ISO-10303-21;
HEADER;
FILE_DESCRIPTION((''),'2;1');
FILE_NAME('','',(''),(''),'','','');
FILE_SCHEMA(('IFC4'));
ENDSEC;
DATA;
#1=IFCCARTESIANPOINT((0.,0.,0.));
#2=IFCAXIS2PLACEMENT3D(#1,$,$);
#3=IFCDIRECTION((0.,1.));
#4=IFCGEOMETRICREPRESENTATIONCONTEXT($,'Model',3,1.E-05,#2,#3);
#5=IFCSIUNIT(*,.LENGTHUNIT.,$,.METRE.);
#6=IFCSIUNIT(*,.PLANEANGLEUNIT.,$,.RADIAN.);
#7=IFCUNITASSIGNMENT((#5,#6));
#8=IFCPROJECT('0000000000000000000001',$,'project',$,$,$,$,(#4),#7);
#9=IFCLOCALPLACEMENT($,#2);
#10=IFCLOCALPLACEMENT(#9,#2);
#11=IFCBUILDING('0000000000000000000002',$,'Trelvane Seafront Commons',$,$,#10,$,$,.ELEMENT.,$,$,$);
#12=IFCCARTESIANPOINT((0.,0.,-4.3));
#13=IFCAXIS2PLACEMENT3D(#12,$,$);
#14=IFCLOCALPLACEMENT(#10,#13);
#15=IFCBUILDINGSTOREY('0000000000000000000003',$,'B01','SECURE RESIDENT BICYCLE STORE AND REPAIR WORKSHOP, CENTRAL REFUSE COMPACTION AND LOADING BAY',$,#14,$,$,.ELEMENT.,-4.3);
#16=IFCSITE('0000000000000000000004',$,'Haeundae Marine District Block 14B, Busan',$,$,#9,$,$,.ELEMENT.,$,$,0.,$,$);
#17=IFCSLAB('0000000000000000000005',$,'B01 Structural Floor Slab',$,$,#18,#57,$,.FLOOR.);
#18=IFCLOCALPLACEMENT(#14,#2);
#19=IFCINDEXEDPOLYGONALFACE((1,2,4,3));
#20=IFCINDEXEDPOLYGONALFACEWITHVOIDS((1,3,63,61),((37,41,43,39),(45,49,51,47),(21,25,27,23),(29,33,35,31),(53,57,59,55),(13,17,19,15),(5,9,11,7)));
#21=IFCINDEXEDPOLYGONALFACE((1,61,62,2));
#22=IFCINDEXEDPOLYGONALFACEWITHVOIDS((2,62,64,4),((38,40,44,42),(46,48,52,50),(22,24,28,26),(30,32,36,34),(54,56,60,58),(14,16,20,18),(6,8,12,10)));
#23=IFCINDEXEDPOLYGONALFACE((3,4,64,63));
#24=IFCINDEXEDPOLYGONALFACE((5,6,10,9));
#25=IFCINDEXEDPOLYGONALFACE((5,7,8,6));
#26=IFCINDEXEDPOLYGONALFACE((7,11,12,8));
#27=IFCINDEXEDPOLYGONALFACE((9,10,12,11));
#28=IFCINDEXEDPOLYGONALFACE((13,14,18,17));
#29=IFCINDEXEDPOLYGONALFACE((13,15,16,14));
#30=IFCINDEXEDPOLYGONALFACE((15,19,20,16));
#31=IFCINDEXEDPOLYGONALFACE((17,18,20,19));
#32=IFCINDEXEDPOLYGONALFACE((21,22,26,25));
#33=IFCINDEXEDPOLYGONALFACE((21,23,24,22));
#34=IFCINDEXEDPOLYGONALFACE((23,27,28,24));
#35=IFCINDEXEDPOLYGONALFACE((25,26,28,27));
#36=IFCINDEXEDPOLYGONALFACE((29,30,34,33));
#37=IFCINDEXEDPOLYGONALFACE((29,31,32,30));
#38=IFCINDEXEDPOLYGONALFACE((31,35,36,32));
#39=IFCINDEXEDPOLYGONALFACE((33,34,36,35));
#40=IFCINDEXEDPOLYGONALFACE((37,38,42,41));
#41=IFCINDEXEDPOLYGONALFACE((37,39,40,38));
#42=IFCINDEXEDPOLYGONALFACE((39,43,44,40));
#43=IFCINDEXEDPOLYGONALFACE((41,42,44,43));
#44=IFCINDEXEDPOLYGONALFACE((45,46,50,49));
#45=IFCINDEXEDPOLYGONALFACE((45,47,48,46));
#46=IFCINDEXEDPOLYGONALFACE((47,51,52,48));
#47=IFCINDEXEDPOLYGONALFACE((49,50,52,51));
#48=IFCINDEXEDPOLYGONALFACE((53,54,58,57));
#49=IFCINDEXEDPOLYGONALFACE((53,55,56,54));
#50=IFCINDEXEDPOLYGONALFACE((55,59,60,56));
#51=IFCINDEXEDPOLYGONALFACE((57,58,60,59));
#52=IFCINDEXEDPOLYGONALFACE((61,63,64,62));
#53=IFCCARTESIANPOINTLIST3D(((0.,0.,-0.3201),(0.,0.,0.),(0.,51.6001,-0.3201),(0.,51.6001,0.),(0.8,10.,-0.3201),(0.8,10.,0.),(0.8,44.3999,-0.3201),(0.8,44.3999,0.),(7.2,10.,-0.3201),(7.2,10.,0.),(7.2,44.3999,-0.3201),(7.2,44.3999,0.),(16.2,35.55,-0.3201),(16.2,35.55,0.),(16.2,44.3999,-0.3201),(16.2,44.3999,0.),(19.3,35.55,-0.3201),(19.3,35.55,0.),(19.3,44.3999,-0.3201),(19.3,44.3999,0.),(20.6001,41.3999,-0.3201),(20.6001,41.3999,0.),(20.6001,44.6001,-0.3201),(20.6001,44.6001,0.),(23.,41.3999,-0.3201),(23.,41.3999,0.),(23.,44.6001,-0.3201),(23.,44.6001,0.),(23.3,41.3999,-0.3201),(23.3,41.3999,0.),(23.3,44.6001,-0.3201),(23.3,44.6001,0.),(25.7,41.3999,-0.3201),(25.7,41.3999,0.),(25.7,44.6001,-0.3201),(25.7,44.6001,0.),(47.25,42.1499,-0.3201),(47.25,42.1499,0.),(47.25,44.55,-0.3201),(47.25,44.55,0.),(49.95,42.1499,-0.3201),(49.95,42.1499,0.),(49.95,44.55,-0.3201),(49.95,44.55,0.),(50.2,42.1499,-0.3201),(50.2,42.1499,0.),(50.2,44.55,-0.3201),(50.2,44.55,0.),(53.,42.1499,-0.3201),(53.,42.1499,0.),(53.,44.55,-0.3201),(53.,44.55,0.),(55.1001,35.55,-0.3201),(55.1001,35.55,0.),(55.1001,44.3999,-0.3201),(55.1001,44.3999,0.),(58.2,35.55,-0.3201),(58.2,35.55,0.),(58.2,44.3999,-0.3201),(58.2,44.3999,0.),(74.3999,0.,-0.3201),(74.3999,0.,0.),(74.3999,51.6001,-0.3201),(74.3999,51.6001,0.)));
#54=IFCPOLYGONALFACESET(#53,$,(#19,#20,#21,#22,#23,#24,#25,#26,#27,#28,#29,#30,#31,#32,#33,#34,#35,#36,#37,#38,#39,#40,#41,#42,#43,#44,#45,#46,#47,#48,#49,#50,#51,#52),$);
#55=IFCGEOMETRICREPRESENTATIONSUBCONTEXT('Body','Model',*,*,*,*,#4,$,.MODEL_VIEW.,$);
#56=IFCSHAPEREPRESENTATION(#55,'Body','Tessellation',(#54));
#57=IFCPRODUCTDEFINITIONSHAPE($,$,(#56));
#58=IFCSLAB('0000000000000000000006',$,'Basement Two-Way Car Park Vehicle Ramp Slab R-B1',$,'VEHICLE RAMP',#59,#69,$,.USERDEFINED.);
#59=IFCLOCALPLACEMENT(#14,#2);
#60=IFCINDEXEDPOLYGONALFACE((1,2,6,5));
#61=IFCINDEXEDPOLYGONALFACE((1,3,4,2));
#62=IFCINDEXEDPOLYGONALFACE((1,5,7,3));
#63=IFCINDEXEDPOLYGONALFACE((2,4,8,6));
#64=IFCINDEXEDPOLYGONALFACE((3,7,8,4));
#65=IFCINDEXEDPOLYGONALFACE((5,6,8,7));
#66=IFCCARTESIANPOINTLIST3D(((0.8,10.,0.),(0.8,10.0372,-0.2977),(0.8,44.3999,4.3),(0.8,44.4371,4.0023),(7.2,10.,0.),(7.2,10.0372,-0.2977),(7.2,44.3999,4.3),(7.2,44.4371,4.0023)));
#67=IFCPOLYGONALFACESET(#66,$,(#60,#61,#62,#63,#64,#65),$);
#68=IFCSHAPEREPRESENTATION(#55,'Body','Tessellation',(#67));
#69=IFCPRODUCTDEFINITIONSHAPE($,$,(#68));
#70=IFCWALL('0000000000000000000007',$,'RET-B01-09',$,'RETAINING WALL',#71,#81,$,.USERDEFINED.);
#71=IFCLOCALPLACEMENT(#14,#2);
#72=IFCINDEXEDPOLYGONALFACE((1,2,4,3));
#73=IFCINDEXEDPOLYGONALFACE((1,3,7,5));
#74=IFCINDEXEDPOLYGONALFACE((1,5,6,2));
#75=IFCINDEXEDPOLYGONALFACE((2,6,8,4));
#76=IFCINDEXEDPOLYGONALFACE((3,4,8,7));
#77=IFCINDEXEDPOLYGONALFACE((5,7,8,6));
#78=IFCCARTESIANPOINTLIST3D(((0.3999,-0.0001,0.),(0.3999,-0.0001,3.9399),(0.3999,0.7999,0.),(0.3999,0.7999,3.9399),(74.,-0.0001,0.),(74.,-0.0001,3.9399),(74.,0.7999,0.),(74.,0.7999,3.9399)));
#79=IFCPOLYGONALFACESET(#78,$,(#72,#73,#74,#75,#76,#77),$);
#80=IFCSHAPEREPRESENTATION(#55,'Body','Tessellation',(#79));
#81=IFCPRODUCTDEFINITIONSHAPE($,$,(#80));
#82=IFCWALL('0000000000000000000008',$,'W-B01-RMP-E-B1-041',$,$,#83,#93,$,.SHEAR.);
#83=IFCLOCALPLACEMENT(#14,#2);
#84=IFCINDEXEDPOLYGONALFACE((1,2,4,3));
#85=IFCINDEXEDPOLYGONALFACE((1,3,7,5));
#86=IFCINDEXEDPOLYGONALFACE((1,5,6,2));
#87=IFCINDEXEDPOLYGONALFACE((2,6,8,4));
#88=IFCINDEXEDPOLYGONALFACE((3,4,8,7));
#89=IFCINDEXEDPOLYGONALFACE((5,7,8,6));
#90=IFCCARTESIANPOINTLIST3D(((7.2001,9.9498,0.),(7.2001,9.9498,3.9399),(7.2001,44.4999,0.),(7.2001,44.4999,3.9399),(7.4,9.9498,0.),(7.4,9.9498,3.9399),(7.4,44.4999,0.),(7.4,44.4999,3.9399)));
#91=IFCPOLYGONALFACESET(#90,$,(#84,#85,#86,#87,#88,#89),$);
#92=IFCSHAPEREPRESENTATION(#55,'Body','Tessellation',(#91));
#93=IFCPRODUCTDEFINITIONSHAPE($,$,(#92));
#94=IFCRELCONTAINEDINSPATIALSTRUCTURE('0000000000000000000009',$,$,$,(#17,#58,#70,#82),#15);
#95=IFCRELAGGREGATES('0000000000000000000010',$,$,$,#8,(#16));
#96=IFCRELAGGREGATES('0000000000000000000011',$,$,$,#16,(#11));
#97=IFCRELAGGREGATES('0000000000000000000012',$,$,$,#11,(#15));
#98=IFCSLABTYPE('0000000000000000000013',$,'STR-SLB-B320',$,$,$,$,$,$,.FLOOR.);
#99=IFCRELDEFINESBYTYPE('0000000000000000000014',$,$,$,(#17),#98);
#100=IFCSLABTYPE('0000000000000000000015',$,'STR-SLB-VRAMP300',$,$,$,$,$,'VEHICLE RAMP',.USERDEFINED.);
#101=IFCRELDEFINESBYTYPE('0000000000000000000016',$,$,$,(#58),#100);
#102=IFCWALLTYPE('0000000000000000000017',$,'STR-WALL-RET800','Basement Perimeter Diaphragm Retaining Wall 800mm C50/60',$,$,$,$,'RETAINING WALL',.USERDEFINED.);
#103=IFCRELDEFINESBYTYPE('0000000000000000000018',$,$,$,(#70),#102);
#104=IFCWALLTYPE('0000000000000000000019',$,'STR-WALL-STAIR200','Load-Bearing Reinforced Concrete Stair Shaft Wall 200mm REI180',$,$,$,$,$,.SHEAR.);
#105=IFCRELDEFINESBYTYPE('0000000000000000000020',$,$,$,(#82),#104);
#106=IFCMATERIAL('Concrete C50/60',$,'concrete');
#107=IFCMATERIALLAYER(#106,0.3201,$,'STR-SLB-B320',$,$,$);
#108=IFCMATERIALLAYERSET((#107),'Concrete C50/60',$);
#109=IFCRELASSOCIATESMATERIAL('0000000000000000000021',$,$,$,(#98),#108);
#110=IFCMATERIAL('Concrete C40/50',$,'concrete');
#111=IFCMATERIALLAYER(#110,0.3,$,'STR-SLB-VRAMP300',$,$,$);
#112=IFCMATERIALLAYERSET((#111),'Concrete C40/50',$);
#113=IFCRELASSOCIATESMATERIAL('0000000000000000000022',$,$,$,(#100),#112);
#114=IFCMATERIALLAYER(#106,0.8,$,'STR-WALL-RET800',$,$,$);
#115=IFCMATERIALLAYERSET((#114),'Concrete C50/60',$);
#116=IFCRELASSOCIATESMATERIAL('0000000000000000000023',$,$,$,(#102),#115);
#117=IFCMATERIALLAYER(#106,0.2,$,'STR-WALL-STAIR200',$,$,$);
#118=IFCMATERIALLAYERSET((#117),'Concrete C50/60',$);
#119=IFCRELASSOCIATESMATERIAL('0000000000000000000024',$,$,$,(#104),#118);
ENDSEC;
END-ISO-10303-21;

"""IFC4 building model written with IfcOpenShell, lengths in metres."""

from ifc_helpers import new_model, si_unit, direction, frame, frame_2d, origin, place, context, subcontext, project, spatial, polyline, rectangle, outline, extrude, material, layer, layer_set, type_object, element, save


model = new_model("IFC4")

# Units and contexts
model_context = context("Model", 3, precision=1e-05, world=origin(), true_north=direction((0.0, 1.0)))
body_context = subcontext(model_context, "Body", "Model", "MODEL_VIEW")
ifc_project = project(units=[si_unit("LENGTHUNIT", "METRE"), si_unit("PLANEANGLEUNIT", "RADIAN")], contexts=[model_context])

# Site, building, storey
site_placement = place(None, origin())
site = spatial("IfcSite", under=ifc_project, at=site_placement, Name="Haeundae Marine District Block 14B, Busan", CompositionType="ELEMENT", RefElevation=0.0)
building_placement = place(site_placement, origin())
building = spatial("IfcBuilding", under=site, at=building_placement, Name="Trelvane Seafront Commons", CompositionType="ELEMENT")
storey_placement = place(building_placement, frame((0.0, 0.0, -4.3)))
storey = spatial("IfcBuildingStorey", under=building, at=storey_placement, Name="B01", Description="SECURE RESIDENT BICYCLE STORE AND REPAIR WORKSHOP, CENTRAL REFUSE COMPACTION AND LOADING BAY", CompositionType="ELEMENT", Elevation=-4.3)

# Shared definitions
ifc_material_1 = material(Name="Concrete C50/60", Category="concrete")

# Shared definitions
ifc_material_2 = material(Name="Concrete C40/50", Category="concrete")

# Slabs
ifc_layer_1 = layer(ifc_material_1, 0.3201, Name="STR-SLB-B320")
ifc_layer_set_1 = layer_set([ifc_layer_1], Name="Concrete C50/60")
slab_type_1 = type_object("IfcSlabType", Name="STR-SLB-B320", PredefinedType="FLOOR", material=ifc_layer_set_1)
slab_1_placement = place(storey_placement, frame((0.0, 0.0, -0.3201)))
element("IfcSlab", 1, at=slab_1_placement, inside=storey, type_object=slab_type_1, Name="B01 Structural Floor Slab", PredefinedType="FLOOR", context=body_context, shape_type="SweptSolid", body=[
    extrude(outline(polyline([(0.0, 0.0), (74.3999, 0.0), (74.3999, 51.6001), (0.0, 51.6001), (0.0, 0.0)]), holes=[polyline([(7.2, 44.3999), (7.2, 10.0), (0.8, 10.0), (0.8, 44.3999), (7.2, 44.3999)]), polyline([(19.3, 35.55), (16.2, 35.55), (16.2, 44.3999), (19.3, 44.3999), (19.3, 35.55)]), polyline([(58.2, 35.55), (55.1001, 35.55), (55.1001, 44.3999), (58.2, 44.3999), (58.2, 35.55)]), polyline([(23.0, 41.3999), (20.6001, 41.3999), (20.6001, 44.6001), (23.0, 44.6001), (23.0, 41.3999)]), polyline([(25.7, 41.3999), (23.3, 41.3999), (23.3, 44.6001), (25.7, 44.6001), (25.7, 41.3999)]), polyline([(49.95, 42.1499), (47.25, 42.1499), (47.25, 44.55), (49.95, 44.55), (49.95, 42.1499)]), polyline([(53.0, 42.1499), (50.2, 42.1499), (50.2, 44.55), (53.0, 44.55), (53.0, 42.1499)])]), origin(), (0.0, 0.0, 1.0), 0.3201),
])
ifc_layer_2 = layer(ifc_material_2, 0.3, Name="STR-SLB-VRAMP300")
ifc_layer_set_2 = layer_set([ifc_layer_2], Name="Concrete C40/50")
slab_type_2 = type_object("IfcSlabType", Name="STR-SLB-VRAMP300", ElementType="VEHICLE RAMP", PredefinedType="USERDEFINED", material=ifc_layer_set_2)
slab_2_placement = place(storey_placement, frame((0.8, 10.0, 0.0), z_axis=(0.0, -0.124036, 0.992278), x_axis=(1.0, 0.0, 0.0)))
element("IfcSlab", 2, at=slab_2_placement, inside=storey, type_object=slab_type_2, Name="Basement Two-Way Car Park Vehicle Ramp Slab R-B1", ObjectType="VEHICLE RAMP", PredefinedType="USERDEFINED", context=body_context, shape_type="SweptSolid", body=[
    extrude(outline(polyline([(0.0, 0.0), (6.3999, 0.0), (6.3999, 34.6676), (0.0, 34.6676), (0.0, 0.0)])), origin(), (0.0, 0.0, -1.0), 0.3),
])

# Walls
ifc_layer_3 = layer(ifc_material_1, 0.8, Name="STR-WALL-RET800")
ifc_layer_set_3 = layer_set([ifc_layer_3], Name="Concrete C50/60")
wall_type_1 = type_object("IfcWallType", Name="STR-WALL-RET800", Description="Basement Perimeter Diaphragm Retaining Wall 800mm C50/60", ElementType="RETAINING WALL", PredefinedType="USERDEFINED", material=ifc_layer_set_3)
wall_1_placement = place(storey_placement, frame((0.3999, 0.3999, 0.0), z_axis=(0.0, 0.0, 1.0), x_axis=(1.0, 0.0, 0.0)))
element("IfcWall", 3, at=wall_1_placement, inside=storey, type_object=wall_type_1, Name="RET-B01-09", ObjectType="RETAINING WALL", PredefinedType="USERDEFINED", context=body_context, shape_type="SweptSolid", body=[
    extrude(rectangle(XDim=73.6001, YDim=0.8, at=frame_2d((36.8, 0.0))), origin(), (0.0, 0.0, 1.0), 3.9399),
])
ifc_layer_4 = layer(ifc_material_1, 0.2, Name="STR-WALL-STAIR200")
ifc_layer_set_4 = layer_set([ifc_layer_4], Name="Concrete C50/60")
wall_type_2 = type_object("IfcWallType", Name="STR-WALL-STAIR200", Description="Load-Bearing Reinforced Concrete Stair Shaft Wall 200mm REI180", PredefinedType="SHEAR", material=ifc_layer_set_4)
wall_2_placement = place(storey_placement, frame((7.3, 9.95, 0.0), z_axis=(0.0, 0.0, 1.0), x_axis=(0.0, 1.0, 0.0)))
element("IfcWall", 4, at=wall_2_placement, inside=storey, type_object=wall_type_2, Name="W-B01-RMP-E-B1-041", PredefinedType="SHEAR", context=body_context, shape_type="SweptSolid", body=[
    extrude(rectangle(XDim=34.55, YDim=0.2, at=frame_2d((17.2749, 0.0))), origin(), (0.0, 0.0, 1.0), 3.9399),
])

save(model, "model.ifc")
